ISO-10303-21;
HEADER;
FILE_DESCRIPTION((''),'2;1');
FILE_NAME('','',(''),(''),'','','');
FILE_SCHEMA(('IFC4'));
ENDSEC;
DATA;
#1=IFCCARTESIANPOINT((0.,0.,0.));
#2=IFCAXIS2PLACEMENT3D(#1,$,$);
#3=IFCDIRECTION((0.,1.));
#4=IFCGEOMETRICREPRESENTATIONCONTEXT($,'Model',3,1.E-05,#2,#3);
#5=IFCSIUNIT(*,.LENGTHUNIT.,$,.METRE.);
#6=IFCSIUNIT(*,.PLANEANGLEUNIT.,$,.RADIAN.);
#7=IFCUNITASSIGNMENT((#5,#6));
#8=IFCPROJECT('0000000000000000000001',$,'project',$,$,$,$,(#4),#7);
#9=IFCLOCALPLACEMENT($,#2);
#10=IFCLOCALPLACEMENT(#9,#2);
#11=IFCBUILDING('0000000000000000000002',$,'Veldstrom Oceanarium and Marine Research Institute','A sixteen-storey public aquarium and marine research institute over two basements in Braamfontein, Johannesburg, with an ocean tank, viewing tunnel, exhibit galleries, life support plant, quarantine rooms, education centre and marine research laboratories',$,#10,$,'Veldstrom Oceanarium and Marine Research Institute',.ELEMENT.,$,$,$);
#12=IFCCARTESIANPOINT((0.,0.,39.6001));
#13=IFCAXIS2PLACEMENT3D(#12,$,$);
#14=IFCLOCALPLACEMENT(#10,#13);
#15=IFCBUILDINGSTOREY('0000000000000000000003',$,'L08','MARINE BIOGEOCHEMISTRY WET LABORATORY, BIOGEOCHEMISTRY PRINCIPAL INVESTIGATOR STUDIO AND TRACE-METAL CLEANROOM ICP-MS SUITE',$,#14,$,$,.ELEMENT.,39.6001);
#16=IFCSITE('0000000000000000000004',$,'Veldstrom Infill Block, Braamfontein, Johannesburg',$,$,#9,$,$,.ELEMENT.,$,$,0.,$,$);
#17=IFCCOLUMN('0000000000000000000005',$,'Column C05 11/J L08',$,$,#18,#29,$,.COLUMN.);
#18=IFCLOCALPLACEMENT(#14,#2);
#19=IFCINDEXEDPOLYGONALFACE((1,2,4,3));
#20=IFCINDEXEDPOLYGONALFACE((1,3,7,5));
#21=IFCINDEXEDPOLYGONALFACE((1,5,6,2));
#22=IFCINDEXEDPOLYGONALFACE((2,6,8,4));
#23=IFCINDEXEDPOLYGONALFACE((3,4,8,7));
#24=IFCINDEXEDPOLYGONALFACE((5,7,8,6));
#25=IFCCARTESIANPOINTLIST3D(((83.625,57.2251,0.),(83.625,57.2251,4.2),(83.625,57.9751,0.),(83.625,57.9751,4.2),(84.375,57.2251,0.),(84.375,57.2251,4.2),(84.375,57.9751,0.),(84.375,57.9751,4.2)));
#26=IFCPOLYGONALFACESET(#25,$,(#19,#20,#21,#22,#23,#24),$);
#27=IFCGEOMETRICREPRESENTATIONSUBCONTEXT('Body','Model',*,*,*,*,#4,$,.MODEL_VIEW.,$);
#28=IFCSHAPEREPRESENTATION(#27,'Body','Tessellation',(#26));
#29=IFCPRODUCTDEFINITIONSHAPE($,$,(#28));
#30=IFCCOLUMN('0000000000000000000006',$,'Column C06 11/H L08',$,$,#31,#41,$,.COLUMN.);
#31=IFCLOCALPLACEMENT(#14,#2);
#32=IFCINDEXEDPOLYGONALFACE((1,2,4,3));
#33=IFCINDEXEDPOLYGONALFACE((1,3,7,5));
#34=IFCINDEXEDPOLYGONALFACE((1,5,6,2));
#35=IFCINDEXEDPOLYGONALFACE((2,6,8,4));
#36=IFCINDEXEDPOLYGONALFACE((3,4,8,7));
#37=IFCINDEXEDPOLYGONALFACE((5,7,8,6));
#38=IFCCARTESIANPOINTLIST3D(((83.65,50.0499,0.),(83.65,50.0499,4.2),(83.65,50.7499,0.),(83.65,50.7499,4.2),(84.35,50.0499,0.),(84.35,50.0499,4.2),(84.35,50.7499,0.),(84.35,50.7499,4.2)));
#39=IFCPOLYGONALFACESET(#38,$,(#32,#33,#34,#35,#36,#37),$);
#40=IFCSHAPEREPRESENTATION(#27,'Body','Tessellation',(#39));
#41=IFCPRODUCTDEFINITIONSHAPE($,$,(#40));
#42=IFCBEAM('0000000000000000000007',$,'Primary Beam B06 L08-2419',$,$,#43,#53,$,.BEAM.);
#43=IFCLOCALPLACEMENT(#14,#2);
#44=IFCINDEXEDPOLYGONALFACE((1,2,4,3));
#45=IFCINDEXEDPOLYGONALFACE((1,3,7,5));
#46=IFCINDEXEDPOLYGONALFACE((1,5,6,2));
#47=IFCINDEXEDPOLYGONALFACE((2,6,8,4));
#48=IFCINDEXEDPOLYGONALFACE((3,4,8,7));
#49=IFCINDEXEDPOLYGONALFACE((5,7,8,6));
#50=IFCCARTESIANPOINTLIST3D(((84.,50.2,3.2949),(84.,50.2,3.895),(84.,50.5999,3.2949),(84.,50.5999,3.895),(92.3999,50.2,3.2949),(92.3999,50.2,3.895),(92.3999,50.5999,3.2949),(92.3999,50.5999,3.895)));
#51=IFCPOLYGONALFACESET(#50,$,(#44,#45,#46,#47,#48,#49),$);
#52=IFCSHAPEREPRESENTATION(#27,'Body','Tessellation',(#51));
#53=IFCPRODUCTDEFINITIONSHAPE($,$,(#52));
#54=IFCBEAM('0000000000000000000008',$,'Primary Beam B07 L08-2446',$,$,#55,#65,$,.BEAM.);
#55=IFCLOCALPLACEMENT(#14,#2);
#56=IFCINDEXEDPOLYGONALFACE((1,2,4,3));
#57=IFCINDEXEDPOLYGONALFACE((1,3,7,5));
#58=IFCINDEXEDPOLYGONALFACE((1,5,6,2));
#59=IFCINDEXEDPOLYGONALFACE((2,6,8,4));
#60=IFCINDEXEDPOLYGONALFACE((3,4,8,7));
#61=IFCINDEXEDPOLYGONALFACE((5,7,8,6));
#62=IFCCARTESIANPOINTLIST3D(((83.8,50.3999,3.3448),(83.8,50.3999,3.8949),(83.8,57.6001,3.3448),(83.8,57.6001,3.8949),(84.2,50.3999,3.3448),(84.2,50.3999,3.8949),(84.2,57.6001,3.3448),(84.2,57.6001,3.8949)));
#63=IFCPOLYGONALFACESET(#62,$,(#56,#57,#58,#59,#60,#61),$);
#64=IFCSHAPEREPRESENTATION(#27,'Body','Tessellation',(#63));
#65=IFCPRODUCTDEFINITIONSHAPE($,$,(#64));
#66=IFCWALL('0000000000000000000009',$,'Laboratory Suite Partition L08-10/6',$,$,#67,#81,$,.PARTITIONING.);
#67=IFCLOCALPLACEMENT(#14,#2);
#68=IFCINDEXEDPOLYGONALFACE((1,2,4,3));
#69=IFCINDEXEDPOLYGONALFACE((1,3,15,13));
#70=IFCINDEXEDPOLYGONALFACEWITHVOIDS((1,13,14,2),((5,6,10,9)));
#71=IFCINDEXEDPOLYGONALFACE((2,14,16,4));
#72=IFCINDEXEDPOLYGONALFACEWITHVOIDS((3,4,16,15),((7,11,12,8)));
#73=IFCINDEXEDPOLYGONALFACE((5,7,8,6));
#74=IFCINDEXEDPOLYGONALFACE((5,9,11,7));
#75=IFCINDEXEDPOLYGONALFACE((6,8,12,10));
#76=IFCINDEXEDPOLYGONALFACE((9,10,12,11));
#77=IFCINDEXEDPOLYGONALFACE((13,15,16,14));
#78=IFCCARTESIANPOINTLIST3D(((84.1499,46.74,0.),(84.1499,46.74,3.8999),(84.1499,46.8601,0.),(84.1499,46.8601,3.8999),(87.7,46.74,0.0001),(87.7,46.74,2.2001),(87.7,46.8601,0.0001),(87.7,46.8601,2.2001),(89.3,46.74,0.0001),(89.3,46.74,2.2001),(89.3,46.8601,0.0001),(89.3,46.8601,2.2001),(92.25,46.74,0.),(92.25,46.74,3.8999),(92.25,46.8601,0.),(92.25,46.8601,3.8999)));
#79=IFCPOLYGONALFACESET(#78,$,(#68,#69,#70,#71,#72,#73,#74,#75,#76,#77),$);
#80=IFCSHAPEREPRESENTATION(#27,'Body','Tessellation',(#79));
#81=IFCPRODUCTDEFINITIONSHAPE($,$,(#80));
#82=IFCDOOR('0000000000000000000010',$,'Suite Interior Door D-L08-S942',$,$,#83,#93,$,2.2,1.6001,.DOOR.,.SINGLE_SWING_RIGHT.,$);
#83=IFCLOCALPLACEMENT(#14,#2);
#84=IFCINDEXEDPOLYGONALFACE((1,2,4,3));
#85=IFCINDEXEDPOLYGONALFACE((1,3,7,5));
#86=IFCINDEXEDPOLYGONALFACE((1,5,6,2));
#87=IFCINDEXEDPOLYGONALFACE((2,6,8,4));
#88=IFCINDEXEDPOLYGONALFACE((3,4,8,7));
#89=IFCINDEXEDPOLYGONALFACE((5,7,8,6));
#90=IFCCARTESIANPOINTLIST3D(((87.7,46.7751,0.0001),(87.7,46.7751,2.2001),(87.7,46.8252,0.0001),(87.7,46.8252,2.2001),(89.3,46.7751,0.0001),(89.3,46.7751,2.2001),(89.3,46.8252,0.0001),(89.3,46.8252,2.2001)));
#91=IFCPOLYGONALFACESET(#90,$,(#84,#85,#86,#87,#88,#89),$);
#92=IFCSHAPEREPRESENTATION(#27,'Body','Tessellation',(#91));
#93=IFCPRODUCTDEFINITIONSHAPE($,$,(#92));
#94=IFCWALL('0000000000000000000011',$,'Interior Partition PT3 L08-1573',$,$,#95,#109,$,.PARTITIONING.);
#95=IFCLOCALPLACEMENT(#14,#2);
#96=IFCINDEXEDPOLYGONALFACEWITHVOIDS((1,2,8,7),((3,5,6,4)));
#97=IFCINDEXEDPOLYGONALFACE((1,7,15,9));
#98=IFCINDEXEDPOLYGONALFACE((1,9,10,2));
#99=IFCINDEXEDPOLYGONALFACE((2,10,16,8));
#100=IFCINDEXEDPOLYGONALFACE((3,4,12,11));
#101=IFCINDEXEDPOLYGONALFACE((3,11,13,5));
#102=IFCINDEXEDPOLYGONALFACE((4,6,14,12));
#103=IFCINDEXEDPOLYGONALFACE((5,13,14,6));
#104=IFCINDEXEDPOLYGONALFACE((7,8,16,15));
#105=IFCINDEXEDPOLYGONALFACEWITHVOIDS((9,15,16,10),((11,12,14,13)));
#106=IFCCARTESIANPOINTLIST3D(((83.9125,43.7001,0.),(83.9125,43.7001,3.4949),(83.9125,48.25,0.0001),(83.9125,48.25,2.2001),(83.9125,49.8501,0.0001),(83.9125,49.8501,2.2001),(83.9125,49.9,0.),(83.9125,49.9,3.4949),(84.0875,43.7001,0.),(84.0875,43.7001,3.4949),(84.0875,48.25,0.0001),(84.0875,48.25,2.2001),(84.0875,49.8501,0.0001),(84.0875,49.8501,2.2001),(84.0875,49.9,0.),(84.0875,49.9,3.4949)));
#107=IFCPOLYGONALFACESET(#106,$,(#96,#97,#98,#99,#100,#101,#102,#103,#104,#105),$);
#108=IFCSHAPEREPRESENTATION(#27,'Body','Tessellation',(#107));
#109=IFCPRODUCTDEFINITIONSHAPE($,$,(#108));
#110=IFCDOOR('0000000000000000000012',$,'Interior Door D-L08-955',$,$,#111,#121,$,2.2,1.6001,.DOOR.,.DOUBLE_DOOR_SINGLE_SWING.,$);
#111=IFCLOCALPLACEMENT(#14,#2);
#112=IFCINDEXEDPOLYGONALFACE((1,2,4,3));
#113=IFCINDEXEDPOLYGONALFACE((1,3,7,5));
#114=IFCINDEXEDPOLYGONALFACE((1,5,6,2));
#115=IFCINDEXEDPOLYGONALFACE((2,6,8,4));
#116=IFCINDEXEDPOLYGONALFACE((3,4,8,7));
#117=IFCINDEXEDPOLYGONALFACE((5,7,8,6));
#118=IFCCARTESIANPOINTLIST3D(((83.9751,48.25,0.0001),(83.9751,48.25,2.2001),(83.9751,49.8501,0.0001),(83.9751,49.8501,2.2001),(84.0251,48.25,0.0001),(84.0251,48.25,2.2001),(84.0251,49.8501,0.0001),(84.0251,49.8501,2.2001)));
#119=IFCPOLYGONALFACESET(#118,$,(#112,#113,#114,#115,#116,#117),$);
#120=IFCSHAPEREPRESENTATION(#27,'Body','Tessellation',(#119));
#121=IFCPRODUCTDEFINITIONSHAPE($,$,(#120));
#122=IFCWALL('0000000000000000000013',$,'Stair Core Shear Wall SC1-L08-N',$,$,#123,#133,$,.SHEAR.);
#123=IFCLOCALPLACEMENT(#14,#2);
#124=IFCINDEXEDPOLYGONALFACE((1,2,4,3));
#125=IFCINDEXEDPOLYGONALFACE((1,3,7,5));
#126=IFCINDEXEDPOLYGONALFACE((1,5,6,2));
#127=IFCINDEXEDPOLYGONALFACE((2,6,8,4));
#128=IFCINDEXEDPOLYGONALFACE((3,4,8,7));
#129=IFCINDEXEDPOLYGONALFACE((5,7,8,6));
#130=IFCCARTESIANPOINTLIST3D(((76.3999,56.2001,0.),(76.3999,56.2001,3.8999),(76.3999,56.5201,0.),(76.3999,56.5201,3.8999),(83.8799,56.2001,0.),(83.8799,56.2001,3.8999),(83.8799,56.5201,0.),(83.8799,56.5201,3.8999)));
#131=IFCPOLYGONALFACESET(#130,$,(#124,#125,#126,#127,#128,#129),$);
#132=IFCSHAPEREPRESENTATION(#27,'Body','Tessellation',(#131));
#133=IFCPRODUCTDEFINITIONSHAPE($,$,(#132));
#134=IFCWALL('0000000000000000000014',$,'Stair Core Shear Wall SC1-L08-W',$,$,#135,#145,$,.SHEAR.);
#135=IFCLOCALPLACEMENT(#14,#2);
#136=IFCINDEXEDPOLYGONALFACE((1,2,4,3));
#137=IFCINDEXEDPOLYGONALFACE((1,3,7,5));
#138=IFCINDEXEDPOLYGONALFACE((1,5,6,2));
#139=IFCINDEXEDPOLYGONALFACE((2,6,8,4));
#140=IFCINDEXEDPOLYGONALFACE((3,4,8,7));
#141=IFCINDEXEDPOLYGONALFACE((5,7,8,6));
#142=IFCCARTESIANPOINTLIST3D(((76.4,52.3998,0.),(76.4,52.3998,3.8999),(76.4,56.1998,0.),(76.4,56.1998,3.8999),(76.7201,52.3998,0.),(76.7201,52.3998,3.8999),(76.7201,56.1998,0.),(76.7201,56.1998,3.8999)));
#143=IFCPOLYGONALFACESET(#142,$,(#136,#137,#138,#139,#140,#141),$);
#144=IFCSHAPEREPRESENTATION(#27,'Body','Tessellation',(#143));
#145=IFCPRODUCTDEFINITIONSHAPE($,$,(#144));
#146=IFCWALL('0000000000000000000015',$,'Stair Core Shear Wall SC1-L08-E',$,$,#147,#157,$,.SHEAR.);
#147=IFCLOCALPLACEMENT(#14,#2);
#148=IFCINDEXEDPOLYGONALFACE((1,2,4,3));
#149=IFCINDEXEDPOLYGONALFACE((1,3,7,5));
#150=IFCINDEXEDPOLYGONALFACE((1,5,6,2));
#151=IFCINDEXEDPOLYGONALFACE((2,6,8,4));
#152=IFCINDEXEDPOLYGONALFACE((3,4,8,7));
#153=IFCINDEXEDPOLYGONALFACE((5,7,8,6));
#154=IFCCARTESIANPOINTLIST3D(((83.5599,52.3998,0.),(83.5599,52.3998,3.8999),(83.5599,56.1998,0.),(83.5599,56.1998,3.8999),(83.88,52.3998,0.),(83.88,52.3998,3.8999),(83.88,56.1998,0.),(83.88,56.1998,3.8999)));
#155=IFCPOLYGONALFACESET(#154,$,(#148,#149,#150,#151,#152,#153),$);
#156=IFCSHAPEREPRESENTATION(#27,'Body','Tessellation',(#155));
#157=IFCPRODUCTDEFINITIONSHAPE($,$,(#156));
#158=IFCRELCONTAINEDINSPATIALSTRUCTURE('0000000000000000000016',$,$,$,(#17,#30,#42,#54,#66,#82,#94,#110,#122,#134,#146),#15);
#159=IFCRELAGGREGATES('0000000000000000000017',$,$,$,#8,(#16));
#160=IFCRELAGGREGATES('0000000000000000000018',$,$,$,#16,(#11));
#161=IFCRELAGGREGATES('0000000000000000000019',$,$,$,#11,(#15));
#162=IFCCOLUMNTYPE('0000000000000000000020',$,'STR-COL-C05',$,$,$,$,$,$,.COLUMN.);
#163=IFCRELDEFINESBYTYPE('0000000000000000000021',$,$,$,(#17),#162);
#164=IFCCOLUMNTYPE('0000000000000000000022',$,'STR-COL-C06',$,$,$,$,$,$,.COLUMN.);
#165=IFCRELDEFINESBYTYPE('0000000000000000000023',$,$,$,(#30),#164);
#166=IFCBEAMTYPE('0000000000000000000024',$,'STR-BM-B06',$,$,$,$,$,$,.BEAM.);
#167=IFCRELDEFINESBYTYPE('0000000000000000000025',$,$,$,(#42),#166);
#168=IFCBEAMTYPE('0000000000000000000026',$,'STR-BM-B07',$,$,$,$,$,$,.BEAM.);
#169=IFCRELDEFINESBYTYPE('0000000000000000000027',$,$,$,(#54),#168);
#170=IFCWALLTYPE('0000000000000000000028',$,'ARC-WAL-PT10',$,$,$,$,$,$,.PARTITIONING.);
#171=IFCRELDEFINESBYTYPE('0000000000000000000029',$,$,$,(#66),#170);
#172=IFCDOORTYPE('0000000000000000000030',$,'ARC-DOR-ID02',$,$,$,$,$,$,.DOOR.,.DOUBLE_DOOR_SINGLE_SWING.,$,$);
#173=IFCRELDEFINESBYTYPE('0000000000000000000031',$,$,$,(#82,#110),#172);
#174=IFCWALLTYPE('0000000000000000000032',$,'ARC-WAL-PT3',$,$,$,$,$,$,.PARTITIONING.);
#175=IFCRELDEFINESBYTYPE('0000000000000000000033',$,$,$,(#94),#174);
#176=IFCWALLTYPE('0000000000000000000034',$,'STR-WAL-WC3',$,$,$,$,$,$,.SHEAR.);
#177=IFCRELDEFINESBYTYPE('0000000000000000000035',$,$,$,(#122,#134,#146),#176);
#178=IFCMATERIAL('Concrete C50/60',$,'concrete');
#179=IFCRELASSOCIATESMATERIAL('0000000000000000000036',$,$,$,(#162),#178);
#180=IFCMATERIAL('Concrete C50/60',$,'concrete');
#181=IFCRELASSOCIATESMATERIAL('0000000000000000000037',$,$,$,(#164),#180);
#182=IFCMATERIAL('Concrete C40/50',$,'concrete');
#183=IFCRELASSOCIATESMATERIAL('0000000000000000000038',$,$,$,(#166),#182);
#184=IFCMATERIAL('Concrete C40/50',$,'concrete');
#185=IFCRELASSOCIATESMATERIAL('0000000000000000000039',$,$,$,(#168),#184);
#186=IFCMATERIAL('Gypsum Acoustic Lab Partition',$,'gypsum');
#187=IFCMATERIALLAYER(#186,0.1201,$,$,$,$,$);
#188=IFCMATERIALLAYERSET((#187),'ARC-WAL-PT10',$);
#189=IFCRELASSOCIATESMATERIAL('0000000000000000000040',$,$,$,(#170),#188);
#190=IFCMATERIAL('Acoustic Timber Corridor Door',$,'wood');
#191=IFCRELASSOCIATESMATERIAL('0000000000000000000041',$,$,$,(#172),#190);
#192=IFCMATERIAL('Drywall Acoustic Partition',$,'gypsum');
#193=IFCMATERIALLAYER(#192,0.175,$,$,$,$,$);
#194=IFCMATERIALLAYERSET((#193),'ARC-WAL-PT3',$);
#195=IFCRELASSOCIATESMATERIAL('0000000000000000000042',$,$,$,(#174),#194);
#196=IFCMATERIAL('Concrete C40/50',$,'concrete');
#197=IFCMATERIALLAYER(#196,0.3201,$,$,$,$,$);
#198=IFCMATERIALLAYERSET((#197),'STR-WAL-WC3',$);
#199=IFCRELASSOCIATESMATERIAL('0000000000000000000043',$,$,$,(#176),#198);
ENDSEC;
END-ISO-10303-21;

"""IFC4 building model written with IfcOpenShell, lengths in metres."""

from ifc_helpers import new_model, si_unit, direction, frame, frame_2d, origin, origin_2d, place, context, subcontext, project, spatial, rectangle, extrude, material, layer, layer_set, material_profile, profile_set, type_object, element, fill, save


model = new_model("IFC4")

# Units and contexts
model_context = context("Model", 3, precision=1e-05, world=origin(), true_north=direction((0.0, 1.0)))
body_context = subcontext(model_context, "Body", "Model", "MODEL_VIEW")
ifc_project = project(units=[si_unit("LENGTHUNIT", "METRE"), si_unit("PLANEANGLEUNIT", "RADIAN")], contexts=[model_context])

# Site, building, storey
site_placement = place(None, origin())
site = spatial("IfcSite", under=ifc_project, at=site_placement, Name="Veldstrom Infill Block, Braamfontein, Johannesburg", CompositionType="ELEMENT", RefElevation=0.0)
building_placement = place(site_placement, origin())
building = spatial("IfcBuilding", under=site, at=building_placement, Name="Veldstrom Oceanarium and Marine Research Institute", Description="A sixteen-storey public aquarium and marine research institute over two basements in Braamfontein, Johannesburg, with an ocean tank, viewing tunnel, exhibit galleries, life support plant, quarantine rooms, education centre and marine research laboratories", LongName="Veldstrom Oceanarium and Marine Research Institute", CompositionType="ELEMENT")
storey_placement = place(building_placement, frame((0.0, 0.0, 39.6001)))
storey = spatial("IfcBuildingStorey", under=building, at=storey_placement, Name="L08", Description="MARINE BIOGEOCHEMISTRY WET LABORATORY, BIOGEOCHEMISTRY PRINCIPAL INVESTIGATOR STUDIO AND TRACE-METAL CLEANROOM ICP-MS SUITE", CompositionType="ELEMENT", Elevation=39.6001)

# Columns
ifc_material_1 = material(Name="Concrete C50/60", Category="concrete")
ifc_material_profile_1 = material_profile(ifc_material_1, rectangle(XDim=0.75, YDim=0.75, at=origin_2d()), Name="RC-COL-750x750")
ifc_profile_set_1 = profile_set([ifc_material_profile_1], Name="Concrete C50/60")
column_type_1 = type_object("IfcColumnType", Name="STR-COL-C05", PredefinedType="COLUMN", material=ifc_profile_set_1)
column_1_placement = place(storey_placement, frame((84.0, 57.6001, 0.0), z_axis=(0.0, 0.0, 1.0), x_axis=(1.0, 0.0, 0.0)))
element("IfcColumn", 1, at=column_1_placement, inside=storey, type_object=column_type_1, Name="Column C05 11/J L08", PredefinedType="COLUMN", context=body_context, shape_type="SweptSolid", body=[
    extrude(rectangle(XDim=0.75, YDim=0.75, at=origin_2d()), origin(), (0.0, 0.0, 1.0), 4.2),
])
ifc_material_2 = material(Name="Concrete C50/60", Category="concrete")
ifc_material_profile_2 = material_profile(ifc_material_2, rectangle(XDim=0.7, YDim=0.7, at=origin_2d()), Name="RC-COL-700x700")
ifc_profile_set_2 = profile_set([ifc_material_profile_2], Name="Concrete C50/60")
column_type_2 = type_object("IfcColumnType", Name="STR-COL-C06", PredefinedType="COLUMN", material=ifc_profile_set_2)
column_2_placement = place(storey_placement, frame((84.0, 50.3999, 0.0), z_axis=(0.0, 0.0, 1.0), x_axis=(1.0, 0.0, 0.0)))
element("IfcColumn", 2, at=column_2_placement, inside=storey, type_object=column_type_2, Name="Column C06 11/H L08", PredefinedType="COLUMN", context=body_context, shape_type="SweptSolid", body=[
    extrude(rectangle(XDim=0.7, YDim=0.7, at=origin_2d()), origin(), (0.0, 0.0, 1.0), 4.2),
])

# Beams
ifc_material_3 = material(Name="Concrete C40/50", Category="concrete")
ifc_material_profile_3 = material_profile(ifc_material_3, rectangle(XDim=0.3999, YDim=0.6001, at=origin_2d()), Name="RC-BM-400x600")
ifc_profile_set_3 = profile_set([ifc_material_profile_3], Name="Concrete C40/50")
beam_type_1 = type_object("IfcBeamType", Name="STR-BM-B06", PredefinedType="BEAM", material=ifc_profile_set_3)
beam_1_placement = place(storey_placement, frame((84.0, 50.3999, 3.595), z_axis=(1.0, 0.0, 0.0), x_axis=(0.0, 1.0, 0.0)))
element("IfcBeam", 3, at=beam_1_placement, inside=storey, type_object=beam_type_1, Name="Primary Beam B06 L08-2419", PredefinedType="BEAM", context=body_context, shape_type="SweptSolid", body=[
    extrude(rectangle(XDim=0.3999, YDim=0.6001, at=origin_2d()), origin(), (0.0, 0.0, 1.0), 8.3999),
])
ifc_material_4 = material(Name="Concrete C40/50", Category="concrete")
ifc_material_profile_4 = material_profile(ifc_material_4, rectangle(XDim=0.3999, YDim=0.55, at=origin_2d()), Name="RC-BM-400x550")
ifc_profile_set_4 = profile_set([ifc_material_profile_4], Name="Concrete C40/50")
beam_type_2 = type_object("IfcBeamType", Name="STR-BM-B07", PredefinedType="BEAM", material=ifc_profile_set_4)
beam_2_placement = place(storey_placement, frame((84.0, 50.3999, 3.6199), z_axis=(0.0, 1.0, 0.0), x_axis=(-1.0, 0.0, 0.0)))
element("IfcBeam", 4, at=beam_2_placement, inside=storey, type_object=beam_type_2, Name="Primary Beam B07 L08-2446", PredefinedType="BEAM", context=body_context, shape_type="SweptSolid", body=[
    extrude(rectangle(XDim=0.3999, YDim=0.55, at=origin_2d()), origin(), (0.0, 0.0, 1.0), 7.2002),
])

# Walls, openings, doors
ifc_material_5 = material(Name="Gypsum Acoustic Lab Partition", Category="gypsum")
ifc_layer_1 = layer(ifc_material_5, 0.1201)
ifc_layer_set_1 = layer_set([ifc_layer_1], Name="ARC-WAL-PT10")
wall_type_1 = type_object("IfcWallType", Name="ARC-WAL-PT10", PredefinedType="PARTITIONING", material=ifc_layer_set_1)
wall_1_placement = place(storey_placement, frame((84.1499, 46.8, 0.0), z_axis=(0.0, 0.0, 1.0), x_axis=(1.0, 0.0, 0.0)))
wall_1 = element("IfcWall", 5, at=wall_1_placement, inside=storey, type_object=wall_type_1, Name="Laboratory Suite Partition L08-10/6", PredefinedType="PARTITIONING", context=body_context, shape_type="SweptSolid", body=[
    extrude(rectangle(XDim=8.1001, YDim=0.1201, at=frame_2d((4.05, 0.0))), origin(), (0.0, 0.0, 1.0), 3.8999),
])
opening_1_placement = place(wall_1_placement, frame((3.55, 0.0, 0.0)))
opening_1 = element("IfcOpeningElement", 6, at=opening_1_placement, cuts=wall_1, PredefinedType="OPENING", context=body_context, shape_type="SweptSolid", body=[
    extrude(rectangle(XDim=1.6001, YDim=2.2, at=frame_2d((0.8, 1.1001))), frame((0.0, 0.0701, 0.0), z_axis=(0.0, -1.0, 0.0), x_axis=(1.0, 0.0, 0.0)), (0.0, 0.0, 1.0), 0.1401),
])
ifc_material_6 = material(Name="Acoustic Timber Corridor Door", Category="wood")
door_type_1 = type_object("IfcDoorType", Name="ARC-DOR-ID02", OperationType="DOUBLE_DOOR_SINGLE_SWING", PredefinedType="DOOR", material=ifc_material_6)
door_1_placement = place(opening_1_placement, frame((1.6001, 0.0, 0.0), z_axis=(0.0, 0.0, 1.0), x_axis=(-1.0, 0.0, 0.0)))
door_1 = element("IfcDoor", 7, at=door_1_placement, inside=storey, type_object=door_type_1, Name="Suite Interior Door D-L08-S942", OperationType="SINGLE_SWING_RIGHT", OverallHeight=2.2, OverallWidth=1.6001, PredefinedType="DOOR", context=body_context, shape_type="SweptSolid", body=[
    extrude(rectangle(XDim=1.6001, YDim=2.2, at=frame_2d((0.8, 1.1001))), frame((0.0, 0.0249, 0.0), z_axis=(0.0, -1.0, 0.0), x_axis=(1.0, 0.0, 0.0)), (0.0, 0.0, 1.0), 0.05),
])
fill(opening_1, door_1)
ifc_material_7 = material(Name="Drywall Acoustic Partition", Category="gypsum")
ifc_layer_2 = layer(ifc_material_7, 0.175)
ifc_layer_set_2 = layer_set([ifc_layer_2], Name="ARC-WAL-PT3")
wall_type_2 = type_object("IfcWallType", Name="ARC-WAL-PT3", PredefinedType="PARTITIONING", material=ifc_layer_set_2)
wall_2_placement = place(storey_placement, frame((84.0, 43.7, 0.0), z_axis=(0.0, 0.0, 1.0), x_axis=(0.0, 1.0, 0.0)))
wall_2 = element("IfcWall", 8, at=wall_2_placement, inside=storey, type_object=wall_type_2, Name="Interior Partition PT3 L08-1573", PredefinedType="PARTITIONING", context=body_context, shape_type="SweptSolid", body=[
    extrude(rectangle(XDim=6.2, YDim=0.175, at=frame_2d((3.1001, 0.0))), origin(), (0.0, 0.0, 1.0), 3.4949),
])
opening_2_placement = place(wall_2_placement, frame((4.55, 0.0, 0.0)))
opening_2 = element("IfcOpeningElement", 9, at=opening_2_placement, cuts=wall_2, PredefinedType="OPENING", context=body_context, shape_type="SweptSolid", body=[
    extrude(rectangle(XDim=1.6001, YDim=2.2, at=frame_2d((0.8, 1.1001))), frame((0.0, 0.0974, 0.0), z_axis=(0.0, -1.0, 0.0), x_axis=(1.0, 0.0, 0.0)), (0.0, 0.0, 1.0), 0.1951),
])
door_2_placement = place(opening_2_placement, origin())
door_2 = element("IfcDoor", 10, at=door_2_placement, inside=storey, type_object=door_type_1, Name="Interior Door D-L08-955", OperationType="DOUBLE_DOOR_SINGLE_SWING", OverallHeight=2.2, OverallWidth=1.6001, PredefinedType="DOOR", context=body_context, shape_type="SweptSolid", body=[
    extrude(rectangle(XDim=1.6001, YDim=2.2, at=frame_2d((0.8, 1.1001))), frame((0.0, 0.0249, 0.0), z_axis=(0.0, -1.0, 0.0), x_axis=(1.0, 0.0, 0.0)), (0.0, 0.0, 1.0), 0.05),
])
fill(opening_2, door_2)
ifc_material_8 = material(Name="Concrete C40/50", Category="concrete")
ifc_layer_3 = layer(ifc_material_8, 0.3201)
ifc_layer_set_3 = layer_set([ifc_layer_3], Name="STR-WAL-WC3")
wall_type_3 = type_object("IfcWallType", Name="STR-WAL-WC3", PredefinedType="SHEAR", material=ifc_layer_set_3)

# Walls
wall_3_placement = place(storey_placement, frame((76.3999, 56.3601, 0.0), z_axis=(0.0, 0.0, 1.0), x_axis=(1.0, 0.0, 0.0)))
element("IfcWall", 11, at=wall_3_placement, inside=storey, type_object=wall_type_3, Name="Stair Core Shear Wall SC1-L08-N", PredefinedType="SHEAR", context=body_context, shape_type="SweptSolid", body=[
    extrude(rectangle(XDim=7.48, YDim=0.3201, at=frame_2d((3.74, 0.0))), origin(), (0.0, 0.0, 1.0), 3.8999),
])
for number, where, z_axis, x_axis, name in (
    (12, (76.5601, 52.3999, 0.0), (0.0, 0.0, 1.0), (0.0, 1.0, 0.0), "Stair Core Shear Wall SC1-L08-W"),
    (13, (83.72, 52.3999, 0.0), (0.0, 0.0, 1.0), (0.0, 1.0, 0.0), "Stair Core Shear Wall SC1-L08-E"),
):
    element("IfcWall", number, at=place(storey_placement, frame(where, z_axis=z_axis, x_axis=x_axis)), inside=storey, type_object=wall_type_3, Name=name, PredefinedType="SHEAR", context=body_context, shape_type="SweptSolid", body=[
        extrude(rectangle(XDim=3.8, YDim=0.3201, at=frame_2d((1.8999, 0.0))), origin(), (0.0, 0.0, 1.0), 3.8999),
    ])

save(model, "model.ifc")
